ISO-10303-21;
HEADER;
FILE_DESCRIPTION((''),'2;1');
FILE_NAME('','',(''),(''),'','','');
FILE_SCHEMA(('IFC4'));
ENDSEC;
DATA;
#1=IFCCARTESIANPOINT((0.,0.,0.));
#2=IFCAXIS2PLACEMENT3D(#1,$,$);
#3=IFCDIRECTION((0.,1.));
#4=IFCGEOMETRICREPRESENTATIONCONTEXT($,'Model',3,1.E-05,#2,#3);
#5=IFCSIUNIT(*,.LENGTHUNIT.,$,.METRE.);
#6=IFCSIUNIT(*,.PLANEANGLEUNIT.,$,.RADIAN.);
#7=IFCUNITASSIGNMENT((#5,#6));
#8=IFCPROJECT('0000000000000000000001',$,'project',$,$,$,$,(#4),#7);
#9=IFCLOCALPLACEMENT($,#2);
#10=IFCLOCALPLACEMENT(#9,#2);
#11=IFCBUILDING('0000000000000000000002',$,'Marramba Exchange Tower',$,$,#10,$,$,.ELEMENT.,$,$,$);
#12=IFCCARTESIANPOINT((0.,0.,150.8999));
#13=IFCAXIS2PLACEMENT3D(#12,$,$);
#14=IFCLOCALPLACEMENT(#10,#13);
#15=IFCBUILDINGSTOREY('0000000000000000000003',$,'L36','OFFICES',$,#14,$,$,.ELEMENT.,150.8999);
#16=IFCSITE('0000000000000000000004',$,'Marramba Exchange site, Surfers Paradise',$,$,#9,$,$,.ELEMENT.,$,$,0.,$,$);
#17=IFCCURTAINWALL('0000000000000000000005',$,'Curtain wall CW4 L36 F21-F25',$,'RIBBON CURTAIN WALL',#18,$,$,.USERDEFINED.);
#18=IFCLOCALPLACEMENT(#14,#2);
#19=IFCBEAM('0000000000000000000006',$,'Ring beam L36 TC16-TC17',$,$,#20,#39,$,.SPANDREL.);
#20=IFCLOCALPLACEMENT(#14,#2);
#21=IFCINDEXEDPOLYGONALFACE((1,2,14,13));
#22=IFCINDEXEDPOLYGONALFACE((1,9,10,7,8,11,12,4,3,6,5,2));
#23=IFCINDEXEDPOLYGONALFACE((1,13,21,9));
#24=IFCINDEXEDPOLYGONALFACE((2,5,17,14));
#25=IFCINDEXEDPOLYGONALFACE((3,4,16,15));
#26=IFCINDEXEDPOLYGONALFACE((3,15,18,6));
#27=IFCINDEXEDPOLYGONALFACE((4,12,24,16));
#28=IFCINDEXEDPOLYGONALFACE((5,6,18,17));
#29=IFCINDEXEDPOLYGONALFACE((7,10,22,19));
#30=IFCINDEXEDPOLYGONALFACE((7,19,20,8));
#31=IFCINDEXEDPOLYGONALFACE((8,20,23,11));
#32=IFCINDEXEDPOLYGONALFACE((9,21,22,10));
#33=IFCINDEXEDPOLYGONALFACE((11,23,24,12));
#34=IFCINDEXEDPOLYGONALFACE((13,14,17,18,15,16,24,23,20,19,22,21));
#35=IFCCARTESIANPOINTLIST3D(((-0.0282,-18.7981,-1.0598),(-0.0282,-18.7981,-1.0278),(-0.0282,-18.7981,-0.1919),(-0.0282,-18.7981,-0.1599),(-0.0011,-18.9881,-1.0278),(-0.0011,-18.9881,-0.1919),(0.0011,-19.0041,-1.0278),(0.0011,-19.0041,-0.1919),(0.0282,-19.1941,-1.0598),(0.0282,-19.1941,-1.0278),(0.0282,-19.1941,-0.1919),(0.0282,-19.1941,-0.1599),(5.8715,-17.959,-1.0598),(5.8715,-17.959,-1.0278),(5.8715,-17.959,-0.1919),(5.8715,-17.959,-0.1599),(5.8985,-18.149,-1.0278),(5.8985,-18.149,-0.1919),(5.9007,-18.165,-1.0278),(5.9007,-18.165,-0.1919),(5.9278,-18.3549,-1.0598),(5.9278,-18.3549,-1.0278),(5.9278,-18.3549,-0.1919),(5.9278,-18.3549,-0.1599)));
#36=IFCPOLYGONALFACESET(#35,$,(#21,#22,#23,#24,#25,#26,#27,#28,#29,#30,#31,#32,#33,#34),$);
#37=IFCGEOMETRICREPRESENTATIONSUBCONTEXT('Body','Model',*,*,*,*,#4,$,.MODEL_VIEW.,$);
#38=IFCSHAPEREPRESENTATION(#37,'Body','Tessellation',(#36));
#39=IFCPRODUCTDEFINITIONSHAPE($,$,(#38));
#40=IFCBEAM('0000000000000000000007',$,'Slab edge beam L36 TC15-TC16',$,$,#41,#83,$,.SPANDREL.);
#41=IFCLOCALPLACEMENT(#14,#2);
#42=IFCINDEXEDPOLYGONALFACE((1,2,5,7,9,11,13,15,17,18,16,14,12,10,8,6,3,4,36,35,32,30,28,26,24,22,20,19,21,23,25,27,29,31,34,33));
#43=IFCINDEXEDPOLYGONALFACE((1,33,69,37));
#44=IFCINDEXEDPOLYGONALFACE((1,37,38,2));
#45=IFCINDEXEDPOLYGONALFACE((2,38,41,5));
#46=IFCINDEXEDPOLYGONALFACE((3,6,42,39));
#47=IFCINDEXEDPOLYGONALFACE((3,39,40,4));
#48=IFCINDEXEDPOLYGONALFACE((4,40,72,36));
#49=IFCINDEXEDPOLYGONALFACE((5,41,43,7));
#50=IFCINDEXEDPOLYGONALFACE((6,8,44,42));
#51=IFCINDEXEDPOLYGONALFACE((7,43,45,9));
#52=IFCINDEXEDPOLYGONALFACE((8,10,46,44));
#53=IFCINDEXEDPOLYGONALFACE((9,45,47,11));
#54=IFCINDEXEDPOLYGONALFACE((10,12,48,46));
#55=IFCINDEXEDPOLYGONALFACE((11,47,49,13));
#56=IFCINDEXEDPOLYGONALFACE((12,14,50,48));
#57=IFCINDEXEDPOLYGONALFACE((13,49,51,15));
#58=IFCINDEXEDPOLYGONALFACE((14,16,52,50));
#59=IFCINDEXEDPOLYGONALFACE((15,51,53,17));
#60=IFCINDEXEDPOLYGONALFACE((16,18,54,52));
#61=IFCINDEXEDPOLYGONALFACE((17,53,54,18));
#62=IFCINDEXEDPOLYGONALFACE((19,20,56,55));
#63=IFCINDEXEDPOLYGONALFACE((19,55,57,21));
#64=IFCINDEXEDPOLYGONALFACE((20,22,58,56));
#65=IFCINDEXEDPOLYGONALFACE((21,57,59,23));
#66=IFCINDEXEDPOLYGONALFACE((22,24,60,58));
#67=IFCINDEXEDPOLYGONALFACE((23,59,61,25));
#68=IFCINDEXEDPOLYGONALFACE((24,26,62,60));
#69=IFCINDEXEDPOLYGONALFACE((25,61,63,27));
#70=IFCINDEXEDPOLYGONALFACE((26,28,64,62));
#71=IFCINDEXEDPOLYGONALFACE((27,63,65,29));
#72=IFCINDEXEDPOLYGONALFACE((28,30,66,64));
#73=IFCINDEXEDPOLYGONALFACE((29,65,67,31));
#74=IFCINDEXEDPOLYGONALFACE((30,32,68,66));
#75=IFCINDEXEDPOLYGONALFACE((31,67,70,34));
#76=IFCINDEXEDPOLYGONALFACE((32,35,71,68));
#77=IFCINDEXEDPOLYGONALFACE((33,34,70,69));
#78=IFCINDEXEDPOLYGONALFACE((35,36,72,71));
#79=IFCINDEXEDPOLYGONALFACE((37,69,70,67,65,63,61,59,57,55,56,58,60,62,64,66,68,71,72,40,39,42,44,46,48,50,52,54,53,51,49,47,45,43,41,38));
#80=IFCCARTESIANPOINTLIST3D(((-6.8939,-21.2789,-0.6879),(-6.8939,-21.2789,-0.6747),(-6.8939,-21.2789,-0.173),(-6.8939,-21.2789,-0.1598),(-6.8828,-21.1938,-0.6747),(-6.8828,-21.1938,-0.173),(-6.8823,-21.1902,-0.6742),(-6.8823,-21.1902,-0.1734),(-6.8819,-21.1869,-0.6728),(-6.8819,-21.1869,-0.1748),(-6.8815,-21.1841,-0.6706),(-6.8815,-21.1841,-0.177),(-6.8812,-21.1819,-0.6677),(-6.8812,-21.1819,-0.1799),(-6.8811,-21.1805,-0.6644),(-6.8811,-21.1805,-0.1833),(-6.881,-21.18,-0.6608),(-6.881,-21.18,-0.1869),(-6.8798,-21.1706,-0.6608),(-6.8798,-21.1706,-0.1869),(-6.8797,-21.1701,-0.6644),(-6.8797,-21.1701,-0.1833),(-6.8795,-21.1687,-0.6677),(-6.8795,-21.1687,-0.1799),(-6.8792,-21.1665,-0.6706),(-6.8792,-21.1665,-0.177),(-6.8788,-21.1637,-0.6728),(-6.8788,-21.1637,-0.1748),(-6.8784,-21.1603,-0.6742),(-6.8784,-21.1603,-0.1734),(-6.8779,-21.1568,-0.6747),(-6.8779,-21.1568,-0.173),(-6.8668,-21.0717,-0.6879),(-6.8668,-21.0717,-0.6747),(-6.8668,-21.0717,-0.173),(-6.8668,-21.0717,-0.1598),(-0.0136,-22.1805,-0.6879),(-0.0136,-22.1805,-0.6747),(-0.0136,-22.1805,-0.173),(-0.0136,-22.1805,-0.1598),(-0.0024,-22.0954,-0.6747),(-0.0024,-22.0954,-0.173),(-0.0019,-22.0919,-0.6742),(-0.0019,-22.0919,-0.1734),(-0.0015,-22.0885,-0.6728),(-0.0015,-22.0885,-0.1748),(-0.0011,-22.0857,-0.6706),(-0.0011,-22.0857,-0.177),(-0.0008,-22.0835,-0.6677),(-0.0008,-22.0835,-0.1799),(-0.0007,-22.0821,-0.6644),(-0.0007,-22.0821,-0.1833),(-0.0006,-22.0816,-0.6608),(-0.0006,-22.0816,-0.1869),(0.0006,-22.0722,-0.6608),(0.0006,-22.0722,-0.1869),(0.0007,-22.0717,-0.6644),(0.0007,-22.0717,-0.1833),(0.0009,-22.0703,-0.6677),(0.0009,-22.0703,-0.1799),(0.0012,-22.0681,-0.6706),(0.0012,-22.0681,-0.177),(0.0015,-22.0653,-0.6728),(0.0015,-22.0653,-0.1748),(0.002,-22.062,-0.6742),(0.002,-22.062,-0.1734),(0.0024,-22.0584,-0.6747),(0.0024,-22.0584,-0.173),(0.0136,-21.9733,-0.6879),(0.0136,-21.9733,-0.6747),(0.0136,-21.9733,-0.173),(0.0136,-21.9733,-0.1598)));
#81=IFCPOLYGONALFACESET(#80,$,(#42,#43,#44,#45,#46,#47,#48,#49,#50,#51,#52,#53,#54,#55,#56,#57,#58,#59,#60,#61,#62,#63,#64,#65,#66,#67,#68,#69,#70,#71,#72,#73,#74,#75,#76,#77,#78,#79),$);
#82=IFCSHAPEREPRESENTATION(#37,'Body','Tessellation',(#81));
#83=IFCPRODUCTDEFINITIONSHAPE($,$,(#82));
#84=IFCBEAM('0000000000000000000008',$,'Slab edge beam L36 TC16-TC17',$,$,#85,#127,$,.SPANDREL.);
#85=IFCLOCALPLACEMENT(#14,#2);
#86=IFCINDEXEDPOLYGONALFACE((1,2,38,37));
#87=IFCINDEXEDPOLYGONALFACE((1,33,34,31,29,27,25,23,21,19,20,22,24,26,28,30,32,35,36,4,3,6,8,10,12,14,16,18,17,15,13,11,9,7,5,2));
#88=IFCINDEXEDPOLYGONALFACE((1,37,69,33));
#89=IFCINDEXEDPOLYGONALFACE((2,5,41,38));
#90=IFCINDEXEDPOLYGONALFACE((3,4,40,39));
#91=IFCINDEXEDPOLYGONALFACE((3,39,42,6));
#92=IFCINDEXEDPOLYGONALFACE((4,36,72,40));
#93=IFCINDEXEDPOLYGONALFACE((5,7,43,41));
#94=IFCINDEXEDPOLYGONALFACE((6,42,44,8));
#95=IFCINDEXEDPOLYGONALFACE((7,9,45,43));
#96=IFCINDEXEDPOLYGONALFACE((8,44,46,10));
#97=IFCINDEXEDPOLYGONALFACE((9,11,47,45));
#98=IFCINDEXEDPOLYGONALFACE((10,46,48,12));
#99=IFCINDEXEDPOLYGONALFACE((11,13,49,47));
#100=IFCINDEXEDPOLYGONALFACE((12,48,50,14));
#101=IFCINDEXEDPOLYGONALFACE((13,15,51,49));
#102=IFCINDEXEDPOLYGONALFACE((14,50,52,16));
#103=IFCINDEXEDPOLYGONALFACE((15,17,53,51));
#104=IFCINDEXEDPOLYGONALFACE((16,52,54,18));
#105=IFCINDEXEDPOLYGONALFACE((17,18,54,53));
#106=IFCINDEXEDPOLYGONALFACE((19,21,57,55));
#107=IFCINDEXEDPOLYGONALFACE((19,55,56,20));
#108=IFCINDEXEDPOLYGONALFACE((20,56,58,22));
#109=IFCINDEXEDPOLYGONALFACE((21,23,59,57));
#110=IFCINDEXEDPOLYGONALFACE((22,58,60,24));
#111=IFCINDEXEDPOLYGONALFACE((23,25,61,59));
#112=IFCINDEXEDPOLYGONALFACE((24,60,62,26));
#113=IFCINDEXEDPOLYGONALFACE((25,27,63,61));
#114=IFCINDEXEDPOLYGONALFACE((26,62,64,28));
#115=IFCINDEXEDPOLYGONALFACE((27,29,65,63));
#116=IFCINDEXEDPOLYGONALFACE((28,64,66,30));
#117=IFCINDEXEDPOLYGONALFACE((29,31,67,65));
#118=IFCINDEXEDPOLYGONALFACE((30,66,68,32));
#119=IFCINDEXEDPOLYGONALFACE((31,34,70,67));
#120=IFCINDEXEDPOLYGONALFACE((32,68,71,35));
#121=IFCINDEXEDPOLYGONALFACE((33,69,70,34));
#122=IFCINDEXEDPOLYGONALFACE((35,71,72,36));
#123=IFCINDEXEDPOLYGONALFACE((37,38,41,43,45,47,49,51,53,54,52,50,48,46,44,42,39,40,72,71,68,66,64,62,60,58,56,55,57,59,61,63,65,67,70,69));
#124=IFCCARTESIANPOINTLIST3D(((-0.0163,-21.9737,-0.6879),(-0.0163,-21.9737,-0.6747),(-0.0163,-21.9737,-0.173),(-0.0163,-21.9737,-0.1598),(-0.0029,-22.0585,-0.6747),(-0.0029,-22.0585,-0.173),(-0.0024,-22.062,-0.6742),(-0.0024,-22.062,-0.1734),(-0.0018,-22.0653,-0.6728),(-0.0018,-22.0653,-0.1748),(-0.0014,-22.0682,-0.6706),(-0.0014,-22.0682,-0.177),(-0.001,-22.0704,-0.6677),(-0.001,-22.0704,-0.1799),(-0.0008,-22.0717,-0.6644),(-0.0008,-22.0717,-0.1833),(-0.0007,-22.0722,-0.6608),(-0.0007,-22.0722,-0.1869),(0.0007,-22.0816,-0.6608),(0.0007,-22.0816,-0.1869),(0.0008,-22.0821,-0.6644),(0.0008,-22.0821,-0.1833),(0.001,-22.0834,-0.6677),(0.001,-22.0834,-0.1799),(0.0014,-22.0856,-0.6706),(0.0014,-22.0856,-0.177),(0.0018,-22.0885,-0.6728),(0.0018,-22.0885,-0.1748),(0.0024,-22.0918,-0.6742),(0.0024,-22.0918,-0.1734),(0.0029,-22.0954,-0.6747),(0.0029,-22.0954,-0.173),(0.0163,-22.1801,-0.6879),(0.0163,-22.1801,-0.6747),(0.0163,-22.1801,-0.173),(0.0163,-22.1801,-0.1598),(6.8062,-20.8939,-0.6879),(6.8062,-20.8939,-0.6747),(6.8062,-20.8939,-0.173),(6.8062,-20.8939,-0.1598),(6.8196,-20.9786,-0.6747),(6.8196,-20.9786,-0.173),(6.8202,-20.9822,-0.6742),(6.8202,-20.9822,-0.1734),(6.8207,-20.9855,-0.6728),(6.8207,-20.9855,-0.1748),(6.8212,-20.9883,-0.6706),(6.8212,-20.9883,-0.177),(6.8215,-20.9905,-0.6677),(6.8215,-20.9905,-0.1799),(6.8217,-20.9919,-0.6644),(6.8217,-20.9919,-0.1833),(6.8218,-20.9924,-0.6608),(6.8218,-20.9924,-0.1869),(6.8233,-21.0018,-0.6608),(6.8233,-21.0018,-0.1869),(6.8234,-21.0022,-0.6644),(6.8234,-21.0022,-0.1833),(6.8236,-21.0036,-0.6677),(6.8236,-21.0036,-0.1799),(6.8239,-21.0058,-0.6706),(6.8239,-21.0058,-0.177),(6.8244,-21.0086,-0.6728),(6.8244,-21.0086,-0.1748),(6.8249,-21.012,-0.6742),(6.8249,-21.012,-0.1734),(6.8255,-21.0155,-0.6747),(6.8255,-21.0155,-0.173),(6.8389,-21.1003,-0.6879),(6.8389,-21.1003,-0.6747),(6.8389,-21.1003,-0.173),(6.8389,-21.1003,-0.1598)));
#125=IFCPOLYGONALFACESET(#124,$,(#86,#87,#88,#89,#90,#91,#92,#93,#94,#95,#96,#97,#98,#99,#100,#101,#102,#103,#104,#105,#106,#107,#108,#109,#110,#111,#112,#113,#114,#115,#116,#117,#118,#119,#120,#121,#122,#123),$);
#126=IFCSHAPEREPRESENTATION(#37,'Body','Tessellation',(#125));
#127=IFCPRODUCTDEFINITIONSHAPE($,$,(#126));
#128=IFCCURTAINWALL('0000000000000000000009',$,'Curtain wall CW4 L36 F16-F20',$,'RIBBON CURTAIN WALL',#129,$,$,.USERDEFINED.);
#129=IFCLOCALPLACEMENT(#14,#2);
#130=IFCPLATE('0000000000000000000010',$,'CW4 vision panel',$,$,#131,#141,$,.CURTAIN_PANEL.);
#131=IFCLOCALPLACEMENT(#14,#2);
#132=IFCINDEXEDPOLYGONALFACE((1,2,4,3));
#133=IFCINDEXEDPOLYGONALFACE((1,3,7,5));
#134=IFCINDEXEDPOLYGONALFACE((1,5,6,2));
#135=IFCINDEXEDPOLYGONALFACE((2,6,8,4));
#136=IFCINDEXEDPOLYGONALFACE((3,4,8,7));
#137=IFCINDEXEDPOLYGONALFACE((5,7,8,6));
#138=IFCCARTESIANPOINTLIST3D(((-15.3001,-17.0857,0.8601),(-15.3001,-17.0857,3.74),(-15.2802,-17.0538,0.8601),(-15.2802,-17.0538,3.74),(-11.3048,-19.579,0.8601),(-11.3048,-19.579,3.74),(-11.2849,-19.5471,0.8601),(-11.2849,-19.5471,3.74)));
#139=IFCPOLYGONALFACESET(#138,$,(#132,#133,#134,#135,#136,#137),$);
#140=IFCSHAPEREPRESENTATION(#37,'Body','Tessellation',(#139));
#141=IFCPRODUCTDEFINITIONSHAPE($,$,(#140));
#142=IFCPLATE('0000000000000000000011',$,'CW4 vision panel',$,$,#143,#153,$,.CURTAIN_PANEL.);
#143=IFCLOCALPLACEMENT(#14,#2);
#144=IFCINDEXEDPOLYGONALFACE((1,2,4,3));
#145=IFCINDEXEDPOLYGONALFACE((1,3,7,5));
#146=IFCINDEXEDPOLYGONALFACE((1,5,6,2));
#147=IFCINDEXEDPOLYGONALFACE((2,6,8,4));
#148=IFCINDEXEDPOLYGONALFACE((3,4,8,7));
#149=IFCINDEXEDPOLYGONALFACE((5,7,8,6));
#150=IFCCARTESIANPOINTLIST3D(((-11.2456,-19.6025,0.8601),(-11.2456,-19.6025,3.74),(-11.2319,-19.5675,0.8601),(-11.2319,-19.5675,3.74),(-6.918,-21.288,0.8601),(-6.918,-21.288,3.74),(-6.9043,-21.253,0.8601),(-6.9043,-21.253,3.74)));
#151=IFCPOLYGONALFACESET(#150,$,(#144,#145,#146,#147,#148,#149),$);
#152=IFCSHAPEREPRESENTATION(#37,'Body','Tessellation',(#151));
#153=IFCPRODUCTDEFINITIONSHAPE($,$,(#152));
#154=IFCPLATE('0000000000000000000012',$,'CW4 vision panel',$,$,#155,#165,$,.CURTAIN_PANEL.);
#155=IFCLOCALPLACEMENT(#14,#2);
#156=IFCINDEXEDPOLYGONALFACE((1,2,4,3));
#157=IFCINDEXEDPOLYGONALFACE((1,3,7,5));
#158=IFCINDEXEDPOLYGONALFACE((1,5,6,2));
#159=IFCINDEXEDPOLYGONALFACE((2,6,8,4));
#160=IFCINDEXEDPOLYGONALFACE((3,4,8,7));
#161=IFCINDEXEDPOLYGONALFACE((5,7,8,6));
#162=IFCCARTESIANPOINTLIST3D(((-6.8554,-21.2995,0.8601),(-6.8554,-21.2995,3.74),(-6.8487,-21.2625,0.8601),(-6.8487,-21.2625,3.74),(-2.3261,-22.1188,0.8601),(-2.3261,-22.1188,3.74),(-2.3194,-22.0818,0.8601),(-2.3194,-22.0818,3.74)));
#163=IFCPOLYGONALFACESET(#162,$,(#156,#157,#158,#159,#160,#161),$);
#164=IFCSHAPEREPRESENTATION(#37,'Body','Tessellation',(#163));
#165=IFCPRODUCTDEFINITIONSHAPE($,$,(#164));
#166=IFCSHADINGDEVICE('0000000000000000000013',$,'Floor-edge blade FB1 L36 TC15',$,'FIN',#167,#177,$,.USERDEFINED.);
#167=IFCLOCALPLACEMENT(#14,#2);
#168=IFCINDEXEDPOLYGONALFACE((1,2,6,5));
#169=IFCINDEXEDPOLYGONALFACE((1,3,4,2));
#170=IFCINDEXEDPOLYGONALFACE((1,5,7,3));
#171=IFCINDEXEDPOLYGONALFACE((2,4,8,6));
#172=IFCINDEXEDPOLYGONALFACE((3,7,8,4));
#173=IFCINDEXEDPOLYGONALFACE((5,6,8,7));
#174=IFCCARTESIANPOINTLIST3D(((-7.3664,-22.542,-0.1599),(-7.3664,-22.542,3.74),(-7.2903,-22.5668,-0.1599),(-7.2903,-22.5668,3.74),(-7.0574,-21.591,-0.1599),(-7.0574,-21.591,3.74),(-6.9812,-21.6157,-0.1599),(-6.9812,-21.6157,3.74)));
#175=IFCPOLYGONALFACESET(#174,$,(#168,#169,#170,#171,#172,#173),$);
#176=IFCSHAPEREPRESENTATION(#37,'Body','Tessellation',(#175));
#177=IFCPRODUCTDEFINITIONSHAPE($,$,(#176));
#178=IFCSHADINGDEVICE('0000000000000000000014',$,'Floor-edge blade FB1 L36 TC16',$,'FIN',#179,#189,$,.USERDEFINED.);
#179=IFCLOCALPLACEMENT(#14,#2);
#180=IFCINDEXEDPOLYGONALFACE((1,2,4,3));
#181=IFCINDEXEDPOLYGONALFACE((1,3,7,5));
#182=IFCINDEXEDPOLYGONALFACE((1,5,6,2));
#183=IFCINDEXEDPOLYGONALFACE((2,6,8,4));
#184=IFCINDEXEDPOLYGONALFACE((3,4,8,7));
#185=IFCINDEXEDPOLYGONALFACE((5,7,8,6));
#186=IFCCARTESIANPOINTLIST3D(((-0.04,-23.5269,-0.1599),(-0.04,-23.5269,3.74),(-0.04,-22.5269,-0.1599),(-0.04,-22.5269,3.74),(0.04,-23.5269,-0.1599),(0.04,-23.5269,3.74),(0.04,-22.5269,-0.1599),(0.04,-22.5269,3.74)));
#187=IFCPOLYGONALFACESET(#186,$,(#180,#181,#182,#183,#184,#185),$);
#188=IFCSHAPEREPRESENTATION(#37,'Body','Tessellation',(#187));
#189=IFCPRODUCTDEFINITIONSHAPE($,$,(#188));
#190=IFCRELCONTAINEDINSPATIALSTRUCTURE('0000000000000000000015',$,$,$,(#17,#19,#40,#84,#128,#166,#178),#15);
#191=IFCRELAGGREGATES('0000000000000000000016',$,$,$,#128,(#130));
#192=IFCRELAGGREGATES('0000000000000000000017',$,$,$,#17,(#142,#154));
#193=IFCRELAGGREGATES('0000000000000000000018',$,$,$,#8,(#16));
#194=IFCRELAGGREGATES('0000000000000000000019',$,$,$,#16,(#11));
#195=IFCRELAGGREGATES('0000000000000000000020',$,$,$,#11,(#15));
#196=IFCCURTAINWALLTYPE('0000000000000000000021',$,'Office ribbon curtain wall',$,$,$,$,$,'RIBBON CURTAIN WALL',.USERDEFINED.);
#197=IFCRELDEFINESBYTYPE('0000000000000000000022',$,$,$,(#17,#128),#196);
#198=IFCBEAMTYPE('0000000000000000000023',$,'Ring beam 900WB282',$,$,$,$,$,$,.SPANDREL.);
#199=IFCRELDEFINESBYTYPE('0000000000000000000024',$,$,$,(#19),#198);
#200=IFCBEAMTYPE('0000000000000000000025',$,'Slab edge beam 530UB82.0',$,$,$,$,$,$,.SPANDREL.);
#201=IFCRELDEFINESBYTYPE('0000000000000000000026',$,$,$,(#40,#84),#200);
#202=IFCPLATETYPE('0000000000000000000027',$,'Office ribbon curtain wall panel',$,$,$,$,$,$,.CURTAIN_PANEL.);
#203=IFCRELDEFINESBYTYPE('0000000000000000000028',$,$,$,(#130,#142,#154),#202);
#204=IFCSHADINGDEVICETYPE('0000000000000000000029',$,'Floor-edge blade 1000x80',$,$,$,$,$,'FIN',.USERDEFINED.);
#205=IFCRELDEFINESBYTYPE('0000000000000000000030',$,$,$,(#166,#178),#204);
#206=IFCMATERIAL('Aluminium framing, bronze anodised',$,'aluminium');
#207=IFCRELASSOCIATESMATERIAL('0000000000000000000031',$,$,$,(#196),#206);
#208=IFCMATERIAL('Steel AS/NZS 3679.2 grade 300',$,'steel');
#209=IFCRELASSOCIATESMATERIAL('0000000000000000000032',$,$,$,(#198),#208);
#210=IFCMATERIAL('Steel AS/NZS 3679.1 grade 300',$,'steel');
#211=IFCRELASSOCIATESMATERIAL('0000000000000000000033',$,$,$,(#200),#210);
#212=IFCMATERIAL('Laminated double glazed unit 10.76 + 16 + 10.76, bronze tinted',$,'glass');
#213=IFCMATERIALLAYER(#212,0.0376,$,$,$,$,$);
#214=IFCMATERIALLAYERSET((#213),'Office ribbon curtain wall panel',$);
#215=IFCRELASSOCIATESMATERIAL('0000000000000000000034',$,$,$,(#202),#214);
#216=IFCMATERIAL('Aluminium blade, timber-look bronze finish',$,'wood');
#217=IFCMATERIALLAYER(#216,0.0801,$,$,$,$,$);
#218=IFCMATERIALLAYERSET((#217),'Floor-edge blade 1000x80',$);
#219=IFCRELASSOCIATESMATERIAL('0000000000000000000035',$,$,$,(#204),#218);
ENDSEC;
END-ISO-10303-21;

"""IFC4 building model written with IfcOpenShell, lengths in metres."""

from ifc_helpers import new_model, si_unit, direction, frame, origin, origin_2d, place, context, subcontext, project, spatial, rectangle, i_section, extrude, material, layer, layer_set, material_profile, profile_set, type_object, element, aggregate, save


model = new_model("IFC4")

# Units and contexts
model_context = context("Model", 3, precision=1e-05, world=origin(), true_north=direction((0.0, 1.0)))
body_context = subcontext(model_context, "Body", "Model", "MODEL_VIEW")
ifc_project = project(units=[si_unit("LENGTHUNIT", "METRE"), si_unit("PLANEANGLEUNIT", "RADIAN")], contexts=[model_context])

# Site, building, storey
site_placement = place(None, origin())
site = spatial("IfcSite", under=ifc_project, at=site_placement, Name="Marramba Exchange site, Surfers Paradise", CompositionType="ELEMENT", RefElevation=0.0)
building_placement = place(site_placement, origin())
building = spatial("IfcBuilding", under=site, at=building_placement, Name="Marramba Exchange Tower", CompositionType="ELEMENT")
storey_placement = place(building_placement, frame((0.0, 0.0, 150.8999)))
storey = spatial("IfcBuildingStorey", under=building, at=storey_placement, Name="L36", Description="OFFICES", CompositionType="ELEMENT", Elevation=150.8999)

# Shared definitions
ifc_material_1 = material(Name="Steel AS/NZS 3679.2 grade 300", Category="steel")

# Curtain wall
ifc_material_2 = material(Name="Aluminium framing, bronze anodised", Category="aluminium")
curtain_wall_type = type_object("IfcCurtainWallType", Name="Office ribbon curtain wall", ElementType="RIBBON CURTAIN WALL", PredefinedType="USERDEFINED", material=ifc_material_2)
curtain_wall_1_placement = place(storey_placement, origin())
curtain_wall_1 = element("IfcCurtainWall", 1, at=curtain_wall_1_placement, inside=storey, type_object=curtain_wall_type, Name="Curtain wall CW4 L36 F21-F25", ObjectType="RIBBON CURTAIN WALL", PredefinedType="USERDEFINED")

# Beams
ifc_material_profile_1 = material_profile(ifc_material_1, i_section(OverallWidth=0.3999, OverallDepth=0.8999, WebThickness=0.0161, FlangeThickness=0.032, at=origin_2d()), Name="900WB282")
ifc_profile_set_1 = profile_set([ifc_material_profile_1], Name="Steel AS/NZS 3679.2 grade 300")
beam_type_1 = type_object("IfcBeamType", Name="Ring beam 900WB282", PredefinedType="SPANDREL", material=ifc_profile_set_1)
for number, where, z_axis, x_axis, name in (
    (2, (0.0, -18.9961, -0.6099), (0.990036, 0.140813, 0.0), (-0.140813, 0.990036, 0.0), "Ring beam L36 TC16-TC17"),
):
    element("IfcBeam", number, at=place(storey_placement, frame(where, z_axis=z_axis, x_axis=x_axis)), inside=storey, type_object=beam_type_1, Name=name, PredefinedType="SPANDREL", context=body_context, shape_type="SweptSolid", body=[
        extrude(i_section(OverallWidth=0.3999, OverallDepth=0.8999, WebThickness=0.0161, FlangeThickness=0.032, at=origin_2d()), origin(), (0.0, 0.0, 1.0), 5.959),
    ])
ifc_material_3 = material(Name="Steel AS/NZS 3679.1 grade 300", Category="steel")
ifc_material_profile_2 = material_profile(ifc_material_3, i_section(OverallWidth=0.209, OverallDepth=0.5281, WebThickness=0.0095, FlangeThickness=0.0132, FilletRadius=0.0139, at=origin_2d()), Name="530UB82.0")
ifc_profile_set_2 = profile_set([ifc_material_profile_2], Name="Steel AS/NZS 3679.1 grade 300")
beam_type_2 = type_object("IfcBeamType", Name="Slab edge beam 530UB82.0", PredefinedType="SPANDREL", material=ifc_profile_set_2)
beam_1_placement = place(storey_placement, frame((-6.8804, -21.1753, -0.4238), z_axis=(0.991523, -0.12993, 0.0), x_axis=(0.12993, 0.991523, 0.0)))
element("IfcBeam", 3, at=beam_1_placement, inside=storey, type_object=beam_type_2, Name="Slab edge beam L36 TC15-TC16", PredefinedType="SPANDREL", context=body_context, shape_type="SweptSolid", body=[
    extrude(i_section(OverallWidth=0.209, OverallDepth=0.5281, WebThickness=0.0095, FlangeThickness=0.0132, FilletRadius=0.0139, at=origin_2d()), origin(), (0.0, 0.0, 1.0), 6.9392),
])
beam_2_placement = place(storey_placement, frame((0.0, -22.0769, -0.4238), z_axis=(0.987705, 0.156329, 0.0), x_axis=(-0.156329, 0.987705, 0.0)))
element("IfcBeam", 4, at=beam_2_placement, inside=storey, type_object=beam_type_2, Name="Slab edge beam L36 TC16-TC17", PredefinedType="SPANDREL", context=body_context, shape_type="SweptSolid", body=[
    extrude(i_section(OverallWidth=0.209, OverallDepth=0.5281, WebThickness=0.0095, FlangeThickness=0.0132, FilletRadius=0.0139, at=origin_2d()), origin(), (0.0, 0.0, 1.0), 6.9075),
])

# Curtain wall, plate
curtain_wall_2_placement = place(storey_placement, origin())
curtain_wall_2 = element("IfcCurtainWall", 5, at=curtain_wall_2_placement, inside=storey, type_object=curtain_wall_type, Name="Curtain wall CW4 L36 F16-F20", ObjectType="RIBBON CURTAIN WALL", PredefinedType="USERDEFINED")
ifc_material_4 = material(Name="Laminated double glazed unit 10.76 + 16 + 10.76, bronze tinted", Category="glass")
ifc_layer_1 = layer(ifc_material_4, 0.0376)
ifc_layer_set_1 = layer_set([ifc_layer_1], Name="Office ribbon curtain wall panel")
plate_type = type_object("IfcPlateType", Name="Office ribbon curtain wall panel", PredefinedType="CURTAIN_PANEL", material=ifc_layer_set_1)
plate_1_placement = place(storey_placement, frame((-13.2925, -18.3164, 0.8601), z_axis=(0.0, 0.0, 1.0), x_axis=(0.848355, -0.529428, 0.0)))
plate_1 = element("IfcPlate", 6, at=plate_1_placement, type_object=plate_type, Name="CW4 vision panel", PredefinedType="CURTAIN_PANEL", context=body_context, shape_type="SweptSolid", body=[
    extrude(rectangle(XDim=4.7095, YDim=0.0376, at=origin_2d()), origin(), (0.0, 0.0, 1.0), 2.8799),
])
aggregate(curtain_wall_2, [plate_1])

# Plates
plate_2_placement = place(storey_placement, frame((-9.075, -20.4277, 0.8601), z_axis=(0.0, 0.0, 1.0), x_axis=(0.931818, -0.362925, 0.0)))
plate_2 = element("IfcPlate", 7, at=plate_2_placement, type_object=plate_type, Name="CW4 vision panel", PredefinedType="CURTAIN_PANEL", context=body_context, shape_type="SweptSolid", body=[
    extrude(rectangle(XDim=4.6443, YDim=0.0376, at=origin_2d()), origin(), (0.0, 0.0, 1.0), 2.8799),
])
plate_3_placement = place(storey_placement, frame((-4.5874, -21.6907, 0.8601), z_axis=(0.0, 0.0, 1.0), x_axis=(0.984032, -0.177992, 0.0)))
plate_3 = element("IfcPlate", 8, at=plate_3_placement, type_object=plate_type, Name="CW4 vision panel", PredefinedType="CURTAIN_PANEL", context=body_context, shape_type="SweptSolid", body=[
    extrude(rectangle(XDim=4.6028, YDim=0.0376, at=origin_2d()), origin(), (0.0, 0.0, 1.0), 2.8799),
])
aggregate(curtain_wall_1, [plate_2, plate_3])

# Shading devices
ifc_material_5 = material(Name="Aluminium blade, timber-look bronze finish", Category="wood")
ifc_layer_2 = layer(ifc_material_5, 0.0801)
ifc_layer_set_2 = layer_set([ifc_layer_2], Name="Floor-edge blade 1000x80")
shading_device_type_1 = type_object("IfcShadingDeviceType", Name="Floor-edge blade 1000x80", ElementType="FIN", PredefinedType="USERDEFINED", material=ifc_layer_set_2)
for number, where, z_axis, x_axis, name in (
    (9, (-7.1738, -22.0789, -0.1599), (0.0, 0.0, 1.0), (-0.309017, -0.951057, 0.0), "Floor-edge blade FB1 L36 TC15"),
    (10, (0.0, -23.0269, -0.1599), (0.0, 0.0, 1.0), (0.0, -1.0, 0.0), "Floor-edge blade FB1 L36 TC16"),
):
    element("IfcShadingDevice", number, at=place(storey_placement, frame(where, z_axis=z_axis, x_axis=x_axis)), inside=storey, type_object=shading_device_type_1, Name=name, ObjectType="FIN", PredefinedType="USERDEFINED", context=body_context, shape_type="SweptSolid", body=[
        extrude(rectangle(XDim=1.0, YDim=0.0801, at=origin_2d()), origin(), (0.0, 0.0, 1.0), 3.8999),
    ])

save(model, "model.ifc")
